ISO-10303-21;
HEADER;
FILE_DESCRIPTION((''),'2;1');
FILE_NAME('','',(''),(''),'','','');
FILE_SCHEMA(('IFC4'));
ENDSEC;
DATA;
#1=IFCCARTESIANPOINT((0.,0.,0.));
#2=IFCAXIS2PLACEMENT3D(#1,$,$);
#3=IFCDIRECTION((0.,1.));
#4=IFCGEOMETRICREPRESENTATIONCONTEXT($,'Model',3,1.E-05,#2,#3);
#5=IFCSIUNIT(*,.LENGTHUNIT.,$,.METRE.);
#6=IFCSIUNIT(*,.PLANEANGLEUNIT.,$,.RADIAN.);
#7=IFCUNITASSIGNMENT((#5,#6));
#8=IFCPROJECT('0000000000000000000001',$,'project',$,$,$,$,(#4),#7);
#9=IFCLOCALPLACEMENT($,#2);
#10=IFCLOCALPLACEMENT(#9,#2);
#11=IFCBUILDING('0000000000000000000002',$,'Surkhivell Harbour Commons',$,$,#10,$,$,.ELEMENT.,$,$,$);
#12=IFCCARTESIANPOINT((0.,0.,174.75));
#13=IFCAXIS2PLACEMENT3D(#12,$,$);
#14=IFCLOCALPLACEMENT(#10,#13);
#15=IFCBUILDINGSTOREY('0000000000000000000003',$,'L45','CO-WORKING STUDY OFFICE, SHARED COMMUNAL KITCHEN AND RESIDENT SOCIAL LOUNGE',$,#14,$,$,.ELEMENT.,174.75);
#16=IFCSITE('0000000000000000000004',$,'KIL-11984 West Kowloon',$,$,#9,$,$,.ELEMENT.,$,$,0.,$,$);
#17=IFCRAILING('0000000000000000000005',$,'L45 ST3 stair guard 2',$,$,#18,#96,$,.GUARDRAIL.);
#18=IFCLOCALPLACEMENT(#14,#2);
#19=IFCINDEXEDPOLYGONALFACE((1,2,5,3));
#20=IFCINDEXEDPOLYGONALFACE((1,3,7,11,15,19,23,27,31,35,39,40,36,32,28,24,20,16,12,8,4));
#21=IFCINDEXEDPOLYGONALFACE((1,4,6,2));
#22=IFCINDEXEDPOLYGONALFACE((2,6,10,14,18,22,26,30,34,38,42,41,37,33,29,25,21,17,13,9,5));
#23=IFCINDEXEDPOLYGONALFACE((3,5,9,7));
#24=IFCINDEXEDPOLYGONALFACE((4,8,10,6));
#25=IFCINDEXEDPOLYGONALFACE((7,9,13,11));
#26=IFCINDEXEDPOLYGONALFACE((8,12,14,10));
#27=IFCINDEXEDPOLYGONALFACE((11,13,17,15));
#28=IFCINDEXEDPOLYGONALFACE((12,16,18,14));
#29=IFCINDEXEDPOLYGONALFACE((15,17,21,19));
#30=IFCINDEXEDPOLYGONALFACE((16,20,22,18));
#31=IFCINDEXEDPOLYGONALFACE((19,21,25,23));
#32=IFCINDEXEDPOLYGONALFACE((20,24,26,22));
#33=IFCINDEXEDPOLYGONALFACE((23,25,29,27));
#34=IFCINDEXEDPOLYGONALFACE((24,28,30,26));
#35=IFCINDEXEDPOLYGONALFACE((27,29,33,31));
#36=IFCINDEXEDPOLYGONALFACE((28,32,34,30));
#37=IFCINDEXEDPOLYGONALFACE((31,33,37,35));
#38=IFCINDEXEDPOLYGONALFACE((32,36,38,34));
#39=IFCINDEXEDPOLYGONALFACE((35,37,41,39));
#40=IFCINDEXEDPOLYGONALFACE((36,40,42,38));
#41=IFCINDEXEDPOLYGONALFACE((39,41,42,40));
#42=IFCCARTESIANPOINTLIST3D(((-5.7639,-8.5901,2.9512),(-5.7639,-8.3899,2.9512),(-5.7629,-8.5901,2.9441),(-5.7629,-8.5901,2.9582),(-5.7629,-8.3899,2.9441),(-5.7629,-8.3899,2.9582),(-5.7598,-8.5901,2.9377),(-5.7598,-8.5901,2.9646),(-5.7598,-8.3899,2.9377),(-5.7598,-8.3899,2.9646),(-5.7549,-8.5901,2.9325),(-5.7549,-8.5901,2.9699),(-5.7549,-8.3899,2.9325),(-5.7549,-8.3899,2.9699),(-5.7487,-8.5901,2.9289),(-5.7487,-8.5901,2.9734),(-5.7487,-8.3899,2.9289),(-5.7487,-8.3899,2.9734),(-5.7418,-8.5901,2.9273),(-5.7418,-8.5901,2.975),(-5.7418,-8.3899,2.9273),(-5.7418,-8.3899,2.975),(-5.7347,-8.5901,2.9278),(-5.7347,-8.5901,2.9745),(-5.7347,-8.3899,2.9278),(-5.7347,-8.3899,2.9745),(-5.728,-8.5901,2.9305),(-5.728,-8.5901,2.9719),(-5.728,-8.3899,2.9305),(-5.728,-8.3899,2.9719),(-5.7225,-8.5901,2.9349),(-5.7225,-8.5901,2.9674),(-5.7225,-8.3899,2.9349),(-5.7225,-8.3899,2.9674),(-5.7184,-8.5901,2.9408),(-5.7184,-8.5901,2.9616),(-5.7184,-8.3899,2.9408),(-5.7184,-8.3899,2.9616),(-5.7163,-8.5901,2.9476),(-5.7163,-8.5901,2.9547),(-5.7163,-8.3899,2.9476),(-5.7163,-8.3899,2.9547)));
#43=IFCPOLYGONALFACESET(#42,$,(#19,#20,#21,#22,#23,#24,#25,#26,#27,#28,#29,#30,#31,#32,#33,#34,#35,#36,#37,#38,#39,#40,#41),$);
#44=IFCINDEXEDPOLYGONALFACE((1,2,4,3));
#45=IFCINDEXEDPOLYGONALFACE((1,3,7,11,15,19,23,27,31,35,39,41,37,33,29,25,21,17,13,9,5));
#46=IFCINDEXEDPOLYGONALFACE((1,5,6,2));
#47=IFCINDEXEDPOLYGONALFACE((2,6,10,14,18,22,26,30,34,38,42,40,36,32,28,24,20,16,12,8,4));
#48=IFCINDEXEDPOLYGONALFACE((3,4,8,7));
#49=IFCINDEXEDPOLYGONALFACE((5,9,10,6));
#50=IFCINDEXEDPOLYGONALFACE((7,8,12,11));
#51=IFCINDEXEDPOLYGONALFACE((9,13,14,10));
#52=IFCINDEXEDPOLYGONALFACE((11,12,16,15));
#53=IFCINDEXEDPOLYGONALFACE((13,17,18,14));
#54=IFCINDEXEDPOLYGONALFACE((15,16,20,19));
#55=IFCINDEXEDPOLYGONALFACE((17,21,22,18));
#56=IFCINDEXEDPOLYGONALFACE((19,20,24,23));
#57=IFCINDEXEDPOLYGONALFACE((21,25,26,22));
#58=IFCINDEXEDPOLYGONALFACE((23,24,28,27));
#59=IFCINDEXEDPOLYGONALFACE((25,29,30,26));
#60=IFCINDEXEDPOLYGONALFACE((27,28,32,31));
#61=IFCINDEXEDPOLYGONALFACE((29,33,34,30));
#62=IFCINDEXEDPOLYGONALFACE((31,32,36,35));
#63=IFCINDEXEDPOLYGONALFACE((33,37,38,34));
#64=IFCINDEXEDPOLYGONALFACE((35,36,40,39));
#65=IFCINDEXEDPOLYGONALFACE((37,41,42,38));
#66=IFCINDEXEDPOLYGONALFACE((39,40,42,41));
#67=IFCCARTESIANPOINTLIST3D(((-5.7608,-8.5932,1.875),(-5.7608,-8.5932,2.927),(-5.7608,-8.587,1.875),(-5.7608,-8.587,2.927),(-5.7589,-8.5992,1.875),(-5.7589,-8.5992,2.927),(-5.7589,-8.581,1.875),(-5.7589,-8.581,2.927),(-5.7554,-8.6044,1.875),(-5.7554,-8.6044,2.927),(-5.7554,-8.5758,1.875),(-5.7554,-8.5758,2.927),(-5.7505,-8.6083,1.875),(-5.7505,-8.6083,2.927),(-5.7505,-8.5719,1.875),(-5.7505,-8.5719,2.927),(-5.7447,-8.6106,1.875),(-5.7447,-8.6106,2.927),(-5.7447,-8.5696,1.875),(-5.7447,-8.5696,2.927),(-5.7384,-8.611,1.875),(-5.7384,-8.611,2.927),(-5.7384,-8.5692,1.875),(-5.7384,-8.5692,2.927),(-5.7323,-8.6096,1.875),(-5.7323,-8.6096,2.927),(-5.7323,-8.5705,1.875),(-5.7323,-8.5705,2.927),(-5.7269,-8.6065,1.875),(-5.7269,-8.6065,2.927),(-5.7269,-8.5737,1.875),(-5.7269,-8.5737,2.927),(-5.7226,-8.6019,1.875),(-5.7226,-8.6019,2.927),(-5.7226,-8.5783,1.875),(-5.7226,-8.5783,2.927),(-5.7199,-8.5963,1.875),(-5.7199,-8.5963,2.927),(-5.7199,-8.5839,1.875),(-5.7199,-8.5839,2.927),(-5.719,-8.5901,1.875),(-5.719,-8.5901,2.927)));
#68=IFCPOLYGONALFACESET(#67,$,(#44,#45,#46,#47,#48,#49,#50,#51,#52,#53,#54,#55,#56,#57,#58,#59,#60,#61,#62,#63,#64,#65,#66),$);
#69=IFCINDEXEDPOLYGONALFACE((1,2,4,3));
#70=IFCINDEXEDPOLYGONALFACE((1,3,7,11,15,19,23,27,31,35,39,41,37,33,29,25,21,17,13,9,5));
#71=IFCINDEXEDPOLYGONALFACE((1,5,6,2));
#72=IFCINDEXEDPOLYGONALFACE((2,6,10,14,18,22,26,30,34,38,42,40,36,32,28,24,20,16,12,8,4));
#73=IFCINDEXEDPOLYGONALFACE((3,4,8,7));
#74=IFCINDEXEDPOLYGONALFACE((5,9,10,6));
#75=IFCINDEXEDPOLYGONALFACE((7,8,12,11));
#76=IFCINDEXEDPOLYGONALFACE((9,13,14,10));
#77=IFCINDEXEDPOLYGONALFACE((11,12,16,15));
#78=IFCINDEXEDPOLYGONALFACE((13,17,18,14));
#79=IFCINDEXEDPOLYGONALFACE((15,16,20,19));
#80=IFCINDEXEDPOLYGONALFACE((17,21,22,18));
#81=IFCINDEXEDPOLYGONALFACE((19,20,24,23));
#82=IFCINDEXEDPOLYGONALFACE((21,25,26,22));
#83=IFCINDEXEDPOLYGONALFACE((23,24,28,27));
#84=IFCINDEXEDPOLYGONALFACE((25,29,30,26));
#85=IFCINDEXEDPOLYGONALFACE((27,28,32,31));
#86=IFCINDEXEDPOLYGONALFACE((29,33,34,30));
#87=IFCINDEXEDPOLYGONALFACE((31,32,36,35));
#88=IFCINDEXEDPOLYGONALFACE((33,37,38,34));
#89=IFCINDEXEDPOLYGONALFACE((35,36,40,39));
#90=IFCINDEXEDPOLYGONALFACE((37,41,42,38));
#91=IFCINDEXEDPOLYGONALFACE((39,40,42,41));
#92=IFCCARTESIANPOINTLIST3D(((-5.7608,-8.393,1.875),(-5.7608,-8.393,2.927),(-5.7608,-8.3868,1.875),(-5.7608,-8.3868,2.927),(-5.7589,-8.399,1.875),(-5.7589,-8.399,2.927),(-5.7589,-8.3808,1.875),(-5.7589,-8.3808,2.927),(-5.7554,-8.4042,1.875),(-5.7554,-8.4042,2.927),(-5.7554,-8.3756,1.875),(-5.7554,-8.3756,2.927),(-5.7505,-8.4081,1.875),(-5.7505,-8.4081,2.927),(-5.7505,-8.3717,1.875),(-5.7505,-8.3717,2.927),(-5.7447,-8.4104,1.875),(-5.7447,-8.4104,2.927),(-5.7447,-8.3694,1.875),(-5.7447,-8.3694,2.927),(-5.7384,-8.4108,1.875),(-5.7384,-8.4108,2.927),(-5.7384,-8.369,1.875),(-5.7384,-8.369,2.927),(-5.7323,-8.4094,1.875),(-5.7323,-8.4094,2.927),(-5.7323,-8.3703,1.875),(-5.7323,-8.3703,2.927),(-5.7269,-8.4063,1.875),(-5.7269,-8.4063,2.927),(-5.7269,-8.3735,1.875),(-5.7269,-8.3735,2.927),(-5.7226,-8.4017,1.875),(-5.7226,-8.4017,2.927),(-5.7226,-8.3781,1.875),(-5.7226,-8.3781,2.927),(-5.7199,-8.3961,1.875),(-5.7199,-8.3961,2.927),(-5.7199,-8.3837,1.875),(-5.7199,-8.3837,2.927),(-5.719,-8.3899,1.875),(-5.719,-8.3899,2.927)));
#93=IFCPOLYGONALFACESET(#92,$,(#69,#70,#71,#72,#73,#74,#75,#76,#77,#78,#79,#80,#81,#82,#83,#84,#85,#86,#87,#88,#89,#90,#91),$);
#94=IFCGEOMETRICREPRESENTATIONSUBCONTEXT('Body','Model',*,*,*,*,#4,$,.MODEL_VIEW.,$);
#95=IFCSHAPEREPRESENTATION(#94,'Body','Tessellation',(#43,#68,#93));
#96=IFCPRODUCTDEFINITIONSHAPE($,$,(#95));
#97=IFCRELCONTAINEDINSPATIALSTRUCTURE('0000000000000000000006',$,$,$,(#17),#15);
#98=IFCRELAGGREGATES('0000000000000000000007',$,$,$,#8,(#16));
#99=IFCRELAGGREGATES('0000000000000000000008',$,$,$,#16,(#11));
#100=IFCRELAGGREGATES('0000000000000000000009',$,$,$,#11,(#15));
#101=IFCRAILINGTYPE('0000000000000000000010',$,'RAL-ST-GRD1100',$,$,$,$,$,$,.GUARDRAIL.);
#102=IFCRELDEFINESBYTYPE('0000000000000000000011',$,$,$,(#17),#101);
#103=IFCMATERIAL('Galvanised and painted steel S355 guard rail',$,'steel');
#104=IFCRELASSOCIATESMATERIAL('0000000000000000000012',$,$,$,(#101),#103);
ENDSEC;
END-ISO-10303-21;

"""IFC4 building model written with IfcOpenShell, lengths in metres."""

from ifc_helpers import new_model, si_unit, direction, frame, origin, origin_2d, place, context, subcontext, project, spatial, circle, extrude, material, type_object, element, save


model = new_model("IFC4")

# Units and contexts
model_context = context("Model", 3, precision=1e-05, world=origin(), true_north=direction((0.0, 1.0)))
body_context = subcontext(model_context, "Body", "Model", "MODEL_VIEW")
ifc_project = project(units=[si_unit("LENGTHUNIT", "METRE"), si_unit("PLANEANGLEUNIT", "RADIAN")], contexts=[model_context])

# Site, building, storey
site_placement = place(None, origin())
site = spatial("IfcSite", under=ifc_project, at=site_placement, Name="KIL-11984 West Kowloon", CompositionType="ELEMENT", RefElevation=0.0)
building_placement = place(site_placement, origin())
building = spatial("IfcBuilding", under=site, at=building_placement, Name="Surkhivell Harbour Commons", CompositionType="ELEMENT")
storey_placement = place(building_placement, frame((0.0, 0.0, 174.75)))
storey = spatial("IfcBuildingStorey", under=building, at=storey_placement, Name="L45", Description="CO-WORKING STUDY OFFICE, SHARED COMMUNAL KITCHEN AND RESIDENT SOCIAL LOUNGE", CompositionType="ELEMENT", Elevation=174.75)

# Railing
ifc_material_1 = material(Name="Galvanised and painted steel S355 guard rail", Category="steel")
railing_type_1 = type_object("IfcRailingType", Name="RAL-ST-GRD1100", PredefinedType="GUARDRAIL", material=ifc_material_1)
railing_1_placement = place(storey_placement, frame((-5.74, -8.5901, 1.875)))
element("IfcRailing", 1, at=railing_1_placement, inside=storey, type_object=railing_type_1, Name="L45 ST3 stair guard 2", PredefinedType="GUARDRAIL", context=body_context, shape_type="SweptSolid", body=[
    extrude(circle(Radius=0.0239, at=origin_2d()), frame((0.0, 0.0, 1.0762), z_axis=(0.0, 1.0, 0.0), x_axis=(-1.0, 0.0, 0.0)), (0.0, 0.0, 1.0), 0.2002),
    extrude(circle(Radius=0.021, at=origin_2d()), origin(), (0.0, 0.0, 1.0), 1.052),
    extrude(circle(Radius=0.021, at=origin_2d()), frame((0.0, 0.2002, 0.0)), (0.0, 0.0, 1.0), 1.052),
])

save(model, "model.ifc")
